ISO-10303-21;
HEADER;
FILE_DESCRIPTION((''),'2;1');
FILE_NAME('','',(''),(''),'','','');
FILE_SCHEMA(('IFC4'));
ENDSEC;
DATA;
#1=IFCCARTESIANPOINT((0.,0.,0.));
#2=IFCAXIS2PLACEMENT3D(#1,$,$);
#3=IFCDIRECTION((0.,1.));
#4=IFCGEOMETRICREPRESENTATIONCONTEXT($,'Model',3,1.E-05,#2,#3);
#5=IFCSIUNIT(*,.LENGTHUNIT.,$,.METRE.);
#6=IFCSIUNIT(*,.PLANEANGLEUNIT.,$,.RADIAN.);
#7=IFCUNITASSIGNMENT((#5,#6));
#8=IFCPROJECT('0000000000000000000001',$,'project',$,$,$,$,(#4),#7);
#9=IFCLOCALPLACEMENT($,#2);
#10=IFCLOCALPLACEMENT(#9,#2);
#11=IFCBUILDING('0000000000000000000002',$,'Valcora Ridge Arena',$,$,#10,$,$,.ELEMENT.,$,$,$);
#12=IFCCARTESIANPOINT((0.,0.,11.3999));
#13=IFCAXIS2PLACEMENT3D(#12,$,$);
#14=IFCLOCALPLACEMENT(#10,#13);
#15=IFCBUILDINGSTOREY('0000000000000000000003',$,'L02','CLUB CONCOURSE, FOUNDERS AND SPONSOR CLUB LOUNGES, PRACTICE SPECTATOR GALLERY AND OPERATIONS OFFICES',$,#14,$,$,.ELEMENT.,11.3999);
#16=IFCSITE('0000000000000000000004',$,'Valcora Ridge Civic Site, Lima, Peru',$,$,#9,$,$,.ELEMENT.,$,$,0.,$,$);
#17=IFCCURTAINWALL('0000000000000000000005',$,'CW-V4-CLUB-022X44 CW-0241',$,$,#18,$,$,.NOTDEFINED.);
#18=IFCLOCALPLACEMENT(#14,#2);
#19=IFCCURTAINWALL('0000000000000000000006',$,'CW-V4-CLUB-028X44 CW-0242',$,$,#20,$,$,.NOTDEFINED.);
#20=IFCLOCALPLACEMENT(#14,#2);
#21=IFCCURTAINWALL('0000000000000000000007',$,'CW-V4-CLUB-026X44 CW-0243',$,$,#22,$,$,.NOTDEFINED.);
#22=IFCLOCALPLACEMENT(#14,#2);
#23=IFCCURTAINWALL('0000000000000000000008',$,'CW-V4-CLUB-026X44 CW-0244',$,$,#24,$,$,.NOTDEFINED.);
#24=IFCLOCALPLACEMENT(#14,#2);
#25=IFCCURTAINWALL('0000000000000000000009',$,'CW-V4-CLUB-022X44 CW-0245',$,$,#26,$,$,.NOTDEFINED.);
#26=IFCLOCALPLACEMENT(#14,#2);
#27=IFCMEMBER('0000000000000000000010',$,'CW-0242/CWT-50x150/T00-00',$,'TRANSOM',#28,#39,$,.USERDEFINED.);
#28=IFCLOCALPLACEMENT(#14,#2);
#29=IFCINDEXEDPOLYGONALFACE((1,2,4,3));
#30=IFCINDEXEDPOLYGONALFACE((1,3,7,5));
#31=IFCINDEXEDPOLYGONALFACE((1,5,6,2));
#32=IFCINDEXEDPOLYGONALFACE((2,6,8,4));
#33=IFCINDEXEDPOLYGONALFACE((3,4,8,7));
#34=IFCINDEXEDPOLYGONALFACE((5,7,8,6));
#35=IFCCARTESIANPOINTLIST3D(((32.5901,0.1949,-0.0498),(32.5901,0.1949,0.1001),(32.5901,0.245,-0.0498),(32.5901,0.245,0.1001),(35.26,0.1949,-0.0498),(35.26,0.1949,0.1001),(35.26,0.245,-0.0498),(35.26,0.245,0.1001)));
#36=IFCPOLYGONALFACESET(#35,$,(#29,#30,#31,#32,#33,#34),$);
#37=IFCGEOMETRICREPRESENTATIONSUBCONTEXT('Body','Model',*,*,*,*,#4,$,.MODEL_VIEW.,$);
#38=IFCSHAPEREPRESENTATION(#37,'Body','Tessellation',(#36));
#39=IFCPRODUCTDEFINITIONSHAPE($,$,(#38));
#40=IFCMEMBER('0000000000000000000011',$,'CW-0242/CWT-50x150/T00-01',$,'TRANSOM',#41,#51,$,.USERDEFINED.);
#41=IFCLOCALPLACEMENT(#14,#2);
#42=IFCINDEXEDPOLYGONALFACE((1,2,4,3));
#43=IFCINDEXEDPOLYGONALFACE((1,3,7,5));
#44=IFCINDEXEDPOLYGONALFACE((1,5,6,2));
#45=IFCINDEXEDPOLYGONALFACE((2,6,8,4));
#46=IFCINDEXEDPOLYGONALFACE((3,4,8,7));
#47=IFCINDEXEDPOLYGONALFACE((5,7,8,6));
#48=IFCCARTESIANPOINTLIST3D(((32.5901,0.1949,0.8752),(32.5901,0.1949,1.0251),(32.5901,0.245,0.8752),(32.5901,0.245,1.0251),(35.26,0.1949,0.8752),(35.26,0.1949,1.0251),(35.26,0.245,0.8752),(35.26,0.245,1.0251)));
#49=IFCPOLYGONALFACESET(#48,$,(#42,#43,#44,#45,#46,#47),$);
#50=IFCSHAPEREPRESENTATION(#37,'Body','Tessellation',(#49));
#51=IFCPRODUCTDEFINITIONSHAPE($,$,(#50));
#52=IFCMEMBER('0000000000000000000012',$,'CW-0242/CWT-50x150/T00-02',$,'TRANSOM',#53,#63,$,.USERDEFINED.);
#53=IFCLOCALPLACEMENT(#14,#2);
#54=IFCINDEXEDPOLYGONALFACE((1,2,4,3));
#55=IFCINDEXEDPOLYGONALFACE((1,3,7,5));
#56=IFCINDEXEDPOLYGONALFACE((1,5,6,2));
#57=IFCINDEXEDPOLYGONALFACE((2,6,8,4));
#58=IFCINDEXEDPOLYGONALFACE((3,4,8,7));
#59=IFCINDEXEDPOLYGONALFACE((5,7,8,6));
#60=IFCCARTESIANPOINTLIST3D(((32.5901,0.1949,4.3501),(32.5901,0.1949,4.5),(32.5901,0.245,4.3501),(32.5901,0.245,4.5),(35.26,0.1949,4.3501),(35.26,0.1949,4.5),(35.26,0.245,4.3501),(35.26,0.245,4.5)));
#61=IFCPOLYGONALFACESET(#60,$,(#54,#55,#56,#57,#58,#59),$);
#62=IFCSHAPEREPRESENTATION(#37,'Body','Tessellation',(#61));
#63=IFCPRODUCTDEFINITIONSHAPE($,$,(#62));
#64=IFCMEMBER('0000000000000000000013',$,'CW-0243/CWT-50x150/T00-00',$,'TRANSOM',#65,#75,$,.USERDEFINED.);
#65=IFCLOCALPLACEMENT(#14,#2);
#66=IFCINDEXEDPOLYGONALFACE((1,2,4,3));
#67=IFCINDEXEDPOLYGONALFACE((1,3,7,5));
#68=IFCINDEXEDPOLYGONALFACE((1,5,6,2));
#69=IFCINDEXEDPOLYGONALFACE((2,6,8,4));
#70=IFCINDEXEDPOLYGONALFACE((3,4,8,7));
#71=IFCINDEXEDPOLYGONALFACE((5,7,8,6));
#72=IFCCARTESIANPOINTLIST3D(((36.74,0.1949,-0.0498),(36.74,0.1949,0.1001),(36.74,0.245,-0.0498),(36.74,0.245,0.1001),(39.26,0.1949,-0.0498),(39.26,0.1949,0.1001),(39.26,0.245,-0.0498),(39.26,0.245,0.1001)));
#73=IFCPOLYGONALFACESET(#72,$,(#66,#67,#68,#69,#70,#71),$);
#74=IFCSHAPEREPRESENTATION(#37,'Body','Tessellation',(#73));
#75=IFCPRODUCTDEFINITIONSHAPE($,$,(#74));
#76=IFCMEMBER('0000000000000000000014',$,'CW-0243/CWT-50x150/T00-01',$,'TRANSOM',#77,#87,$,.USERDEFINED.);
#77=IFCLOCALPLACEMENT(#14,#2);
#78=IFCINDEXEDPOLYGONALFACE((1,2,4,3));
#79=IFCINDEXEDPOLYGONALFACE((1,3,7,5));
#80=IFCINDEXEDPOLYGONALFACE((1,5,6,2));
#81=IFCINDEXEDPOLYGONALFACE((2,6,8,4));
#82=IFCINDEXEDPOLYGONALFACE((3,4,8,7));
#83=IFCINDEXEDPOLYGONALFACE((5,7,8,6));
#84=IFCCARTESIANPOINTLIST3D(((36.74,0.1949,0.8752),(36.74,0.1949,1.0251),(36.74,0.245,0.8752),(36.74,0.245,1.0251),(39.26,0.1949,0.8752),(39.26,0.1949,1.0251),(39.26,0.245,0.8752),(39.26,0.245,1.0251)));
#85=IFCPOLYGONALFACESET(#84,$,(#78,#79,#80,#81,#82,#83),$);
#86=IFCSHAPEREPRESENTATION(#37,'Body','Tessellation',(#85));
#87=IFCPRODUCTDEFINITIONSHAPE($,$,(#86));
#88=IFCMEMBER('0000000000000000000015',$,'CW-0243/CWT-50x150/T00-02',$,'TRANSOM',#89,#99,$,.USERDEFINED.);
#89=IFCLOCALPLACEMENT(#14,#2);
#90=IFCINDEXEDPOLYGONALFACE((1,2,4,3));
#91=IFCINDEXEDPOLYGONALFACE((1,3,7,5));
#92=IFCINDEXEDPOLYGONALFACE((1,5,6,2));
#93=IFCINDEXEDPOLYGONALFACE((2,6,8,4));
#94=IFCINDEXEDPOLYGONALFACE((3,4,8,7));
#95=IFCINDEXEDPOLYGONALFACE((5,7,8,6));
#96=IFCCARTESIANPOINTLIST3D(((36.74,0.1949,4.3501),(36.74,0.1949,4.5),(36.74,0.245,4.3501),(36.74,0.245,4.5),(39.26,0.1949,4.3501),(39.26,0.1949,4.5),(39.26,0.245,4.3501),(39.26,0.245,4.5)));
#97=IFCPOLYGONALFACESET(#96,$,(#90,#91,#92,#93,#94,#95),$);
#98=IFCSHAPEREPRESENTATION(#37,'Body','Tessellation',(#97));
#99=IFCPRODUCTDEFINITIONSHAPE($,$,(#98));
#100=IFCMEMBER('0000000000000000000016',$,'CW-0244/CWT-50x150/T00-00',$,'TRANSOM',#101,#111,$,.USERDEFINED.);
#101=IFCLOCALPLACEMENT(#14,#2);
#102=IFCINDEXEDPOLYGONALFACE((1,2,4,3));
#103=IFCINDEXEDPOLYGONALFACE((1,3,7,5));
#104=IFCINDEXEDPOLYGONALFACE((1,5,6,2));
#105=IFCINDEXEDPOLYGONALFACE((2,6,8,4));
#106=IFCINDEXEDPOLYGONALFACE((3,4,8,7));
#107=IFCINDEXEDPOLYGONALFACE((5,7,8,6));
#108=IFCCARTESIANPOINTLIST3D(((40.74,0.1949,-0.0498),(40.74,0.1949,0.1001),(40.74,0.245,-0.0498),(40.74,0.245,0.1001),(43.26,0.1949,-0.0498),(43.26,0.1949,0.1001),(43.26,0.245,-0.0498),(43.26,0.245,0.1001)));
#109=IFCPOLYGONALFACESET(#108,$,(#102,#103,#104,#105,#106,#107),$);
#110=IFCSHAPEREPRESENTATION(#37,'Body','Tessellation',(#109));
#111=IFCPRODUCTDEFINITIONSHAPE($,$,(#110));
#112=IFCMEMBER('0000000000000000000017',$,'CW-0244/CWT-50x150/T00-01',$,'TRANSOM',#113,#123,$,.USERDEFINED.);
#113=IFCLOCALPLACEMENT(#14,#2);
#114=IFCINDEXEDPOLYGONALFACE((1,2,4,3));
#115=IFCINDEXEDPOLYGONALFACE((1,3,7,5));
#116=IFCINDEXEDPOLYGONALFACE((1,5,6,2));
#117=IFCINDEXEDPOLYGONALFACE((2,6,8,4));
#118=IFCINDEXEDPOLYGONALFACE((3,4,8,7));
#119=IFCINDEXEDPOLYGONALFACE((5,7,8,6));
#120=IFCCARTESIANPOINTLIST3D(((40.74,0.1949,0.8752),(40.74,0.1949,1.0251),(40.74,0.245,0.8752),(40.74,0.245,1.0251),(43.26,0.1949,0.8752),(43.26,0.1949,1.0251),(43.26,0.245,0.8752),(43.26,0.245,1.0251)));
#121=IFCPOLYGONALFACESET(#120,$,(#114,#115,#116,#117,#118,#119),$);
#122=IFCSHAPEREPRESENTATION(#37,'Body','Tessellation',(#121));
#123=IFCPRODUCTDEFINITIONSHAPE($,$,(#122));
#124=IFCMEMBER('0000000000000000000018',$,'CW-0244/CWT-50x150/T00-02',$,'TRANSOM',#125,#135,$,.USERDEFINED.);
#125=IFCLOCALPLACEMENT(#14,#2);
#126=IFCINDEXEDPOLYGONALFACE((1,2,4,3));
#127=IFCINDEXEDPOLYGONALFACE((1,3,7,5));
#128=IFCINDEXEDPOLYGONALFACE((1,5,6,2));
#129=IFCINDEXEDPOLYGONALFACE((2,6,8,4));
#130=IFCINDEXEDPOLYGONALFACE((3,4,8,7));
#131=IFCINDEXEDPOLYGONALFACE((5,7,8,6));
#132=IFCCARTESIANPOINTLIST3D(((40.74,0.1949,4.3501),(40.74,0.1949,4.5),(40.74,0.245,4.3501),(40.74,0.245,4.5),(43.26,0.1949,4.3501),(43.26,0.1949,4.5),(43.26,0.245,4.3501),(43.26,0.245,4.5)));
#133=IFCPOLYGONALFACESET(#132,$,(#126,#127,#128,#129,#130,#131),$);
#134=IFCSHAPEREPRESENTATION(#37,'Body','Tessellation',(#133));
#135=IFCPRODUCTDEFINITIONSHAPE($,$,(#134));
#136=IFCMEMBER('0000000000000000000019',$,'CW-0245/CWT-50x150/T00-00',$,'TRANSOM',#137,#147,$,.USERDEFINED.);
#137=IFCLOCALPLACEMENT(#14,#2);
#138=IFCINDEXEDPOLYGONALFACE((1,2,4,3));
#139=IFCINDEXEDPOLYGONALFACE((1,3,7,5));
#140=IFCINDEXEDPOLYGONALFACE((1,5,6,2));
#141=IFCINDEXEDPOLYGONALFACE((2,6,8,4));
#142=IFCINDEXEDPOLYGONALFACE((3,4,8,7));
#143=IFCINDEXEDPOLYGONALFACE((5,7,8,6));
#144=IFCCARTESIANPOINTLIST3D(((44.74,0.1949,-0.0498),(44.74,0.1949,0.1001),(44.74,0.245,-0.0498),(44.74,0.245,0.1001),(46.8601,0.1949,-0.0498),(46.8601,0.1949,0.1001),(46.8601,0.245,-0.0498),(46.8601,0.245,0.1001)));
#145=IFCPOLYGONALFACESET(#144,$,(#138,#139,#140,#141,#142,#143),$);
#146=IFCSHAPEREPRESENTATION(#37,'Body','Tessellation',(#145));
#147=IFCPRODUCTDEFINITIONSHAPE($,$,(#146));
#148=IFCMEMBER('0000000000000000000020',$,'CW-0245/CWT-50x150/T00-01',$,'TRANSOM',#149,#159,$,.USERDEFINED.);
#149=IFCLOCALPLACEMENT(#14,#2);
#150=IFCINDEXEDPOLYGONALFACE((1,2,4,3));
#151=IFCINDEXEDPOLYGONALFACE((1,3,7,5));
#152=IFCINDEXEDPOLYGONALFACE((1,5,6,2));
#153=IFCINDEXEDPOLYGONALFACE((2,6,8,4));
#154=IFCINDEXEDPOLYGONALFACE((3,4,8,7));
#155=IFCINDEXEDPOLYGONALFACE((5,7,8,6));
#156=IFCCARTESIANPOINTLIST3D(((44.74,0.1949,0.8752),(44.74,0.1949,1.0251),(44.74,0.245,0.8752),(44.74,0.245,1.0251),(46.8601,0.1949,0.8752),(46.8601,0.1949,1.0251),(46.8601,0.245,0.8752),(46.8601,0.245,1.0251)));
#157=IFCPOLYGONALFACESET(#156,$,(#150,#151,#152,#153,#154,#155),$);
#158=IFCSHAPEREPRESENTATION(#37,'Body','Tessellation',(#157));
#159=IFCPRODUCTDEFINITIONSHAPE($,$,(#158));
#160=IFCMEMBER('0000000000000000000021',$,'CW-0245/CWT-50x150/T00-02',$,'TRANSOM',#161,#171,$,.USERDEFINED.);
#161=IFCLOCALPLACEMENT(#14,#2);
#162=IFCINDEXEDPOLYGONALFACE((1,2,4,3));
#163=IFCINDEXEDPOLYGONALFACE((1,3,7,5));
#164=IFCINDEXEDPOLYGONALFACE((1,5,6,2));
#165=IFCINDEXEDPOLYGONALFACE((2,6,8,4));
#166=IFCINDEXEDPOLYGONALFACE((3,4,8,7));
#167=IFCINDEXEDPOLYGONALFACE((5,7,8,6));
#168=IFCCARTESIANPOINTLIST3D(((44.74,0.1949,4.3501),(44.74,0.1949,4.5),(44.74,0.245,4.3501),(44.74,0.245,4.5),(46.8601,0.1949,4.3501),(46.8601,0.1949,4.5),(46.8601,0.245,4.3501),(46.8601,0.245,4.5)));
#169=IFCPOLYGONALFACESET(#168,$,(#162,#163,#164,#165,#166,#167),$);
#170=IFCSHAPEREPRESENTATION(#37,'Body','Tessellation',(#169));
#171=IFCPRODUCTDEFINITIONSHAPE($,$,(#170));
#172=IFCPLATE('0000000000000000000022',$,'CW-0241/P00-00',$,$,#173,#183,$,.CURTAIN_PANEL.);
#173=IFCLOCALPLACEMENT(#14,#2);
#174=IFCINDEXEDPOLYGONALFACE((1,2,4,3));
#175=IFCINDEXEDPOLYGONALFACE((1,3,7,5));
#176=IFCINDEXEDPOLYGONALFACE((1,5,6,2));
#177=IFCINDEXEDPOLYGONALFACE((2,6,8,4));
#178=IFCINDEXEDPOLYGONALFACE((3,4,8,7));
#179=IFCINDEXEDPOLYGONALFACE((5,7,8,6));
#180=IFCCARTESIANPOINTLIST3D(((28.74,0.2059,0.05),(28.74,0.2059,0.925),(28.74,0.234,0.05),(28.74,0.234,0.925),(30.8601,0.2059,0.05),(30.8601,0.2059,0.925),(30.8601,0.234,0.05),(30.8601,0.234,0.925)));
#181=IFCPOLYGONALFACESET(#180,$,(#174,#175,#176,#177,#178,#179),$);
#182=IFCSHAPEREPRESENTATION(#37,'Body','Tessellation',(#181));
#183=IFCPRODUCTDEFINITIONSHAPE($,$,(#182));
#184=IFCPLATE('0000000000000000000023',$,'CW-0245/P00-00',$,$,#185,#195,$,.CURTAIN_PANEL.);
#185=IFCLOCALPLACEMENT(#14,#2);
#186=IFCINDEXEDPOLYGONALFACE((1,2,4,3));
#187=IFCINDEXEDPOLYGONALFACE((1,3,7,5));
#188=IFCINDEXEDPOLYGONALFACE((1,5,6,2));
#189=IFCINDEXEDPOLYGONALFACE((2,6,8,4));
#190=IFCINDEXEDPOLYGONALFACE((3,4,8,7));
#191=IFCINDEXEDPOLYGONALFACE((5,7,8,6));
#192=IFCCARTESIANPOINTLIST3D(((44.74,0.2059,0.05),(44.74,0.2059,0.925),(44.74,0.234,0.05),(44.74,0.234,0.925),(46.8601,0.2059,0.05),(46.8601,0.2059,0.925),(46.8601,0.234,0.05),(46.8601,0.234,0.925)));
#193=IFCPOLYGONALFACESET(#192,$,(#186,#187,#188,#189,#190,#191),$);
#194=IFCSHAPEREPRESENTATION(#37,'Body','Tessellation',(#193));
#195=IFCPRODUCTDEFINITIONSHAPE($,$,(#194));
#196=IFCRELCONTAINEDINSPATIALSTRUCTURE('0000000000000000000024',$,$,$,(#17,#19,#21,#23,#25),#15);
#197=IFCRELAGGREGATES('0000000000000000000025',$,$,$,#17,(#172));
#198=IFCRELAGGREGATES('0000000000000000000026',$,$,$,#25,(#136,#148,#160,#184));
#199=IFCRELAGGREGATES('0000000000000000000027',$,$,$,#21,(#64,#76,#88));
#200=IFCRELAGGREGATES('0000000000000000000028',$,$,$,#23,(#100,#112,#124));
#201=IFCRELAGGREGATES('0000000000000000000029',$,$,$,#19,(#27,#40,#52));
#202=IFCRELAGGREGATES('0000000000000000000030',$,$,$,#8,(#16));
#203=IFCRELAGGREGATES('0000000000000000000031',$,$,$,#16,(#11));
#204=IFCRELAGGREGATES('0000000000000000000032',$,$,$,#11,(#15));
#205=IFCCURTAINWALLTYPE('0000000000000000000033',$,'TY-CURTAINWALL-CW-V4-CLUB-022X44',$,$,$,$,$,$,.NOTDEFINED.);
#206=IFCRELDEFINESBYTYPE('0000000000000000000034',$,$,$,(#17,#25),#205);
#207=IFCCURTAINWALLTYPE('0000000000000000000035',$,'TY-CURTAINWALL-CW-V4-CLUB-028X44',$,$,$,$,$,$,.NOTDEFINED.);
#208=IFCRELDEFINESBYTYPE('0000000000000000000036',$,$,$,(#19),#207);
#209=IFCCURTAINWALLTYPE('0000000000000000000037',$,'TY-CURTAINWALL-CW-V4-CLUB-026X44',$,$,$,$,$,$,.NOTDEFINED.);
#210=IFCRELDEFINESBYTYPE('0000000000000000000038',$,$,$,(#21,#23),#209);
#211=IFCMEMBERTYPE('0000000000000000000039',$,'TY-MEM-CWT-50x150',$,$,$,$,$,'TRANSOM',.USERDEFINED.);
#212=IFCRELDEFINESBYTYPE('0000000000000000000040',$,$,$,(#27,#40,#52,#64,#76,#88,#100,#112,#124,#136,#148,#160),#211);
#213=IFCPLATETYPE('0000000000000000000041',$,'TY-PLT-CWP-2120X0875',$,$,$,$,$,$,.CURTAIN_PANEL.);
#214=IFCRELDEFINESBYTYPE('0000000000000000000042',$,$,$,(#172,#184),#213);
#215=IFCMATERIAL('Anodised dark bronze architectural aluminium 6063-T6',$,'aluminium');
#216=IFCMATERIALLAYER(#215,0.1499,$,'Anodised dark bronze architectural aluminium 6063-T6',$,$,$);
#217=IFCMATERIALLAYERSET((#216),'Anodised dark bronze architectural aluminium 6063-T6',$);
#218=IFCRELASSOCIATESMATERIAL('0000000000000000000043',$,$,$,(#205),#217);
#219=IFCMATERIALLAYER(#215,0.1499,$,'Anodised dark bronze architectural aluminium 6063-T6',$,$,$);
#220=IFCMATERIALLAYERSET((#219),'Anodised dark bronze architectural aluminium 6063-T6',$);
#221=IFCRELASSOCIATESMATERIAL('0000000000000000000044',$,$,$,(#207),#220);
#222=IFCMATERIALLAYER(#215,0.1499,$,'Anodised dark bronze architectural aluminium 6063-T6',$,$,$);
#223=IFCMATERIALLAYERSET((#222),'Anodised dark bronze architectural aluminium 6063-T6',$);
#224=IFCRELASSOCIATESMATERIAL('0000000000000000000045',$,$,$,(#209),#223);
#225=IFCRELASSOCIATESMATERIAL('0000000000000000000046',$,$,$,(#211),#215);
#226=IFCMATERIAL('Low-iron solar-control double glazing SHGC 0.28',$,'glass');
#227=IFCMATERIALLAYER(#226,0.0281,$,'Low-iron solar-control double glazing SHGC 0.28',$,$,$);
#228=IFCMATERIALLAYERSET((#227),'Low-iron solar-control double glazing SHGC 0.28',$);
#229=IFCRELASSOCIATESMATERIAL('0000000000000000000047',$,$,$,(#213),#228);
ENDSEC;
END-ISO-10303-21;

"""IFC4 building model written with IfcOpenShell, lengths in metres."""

from ifc_helpers import new_model, si_unit, direction, frame, origin, origin_2d, place, context, subcontext, project, spatial, rectangle, extrude, material, layer, layer_set, material_profile, profile_set, type_object, element, aggregate, save


model = new_model("IFC4")

# Units and contexts
model_context = context("Model", 3, precision=1e-05, world=origin(), true_north=direction((0.0, 1.0)))
body_context = subcontext(model_context, "Body", "Model", "MODEL_VIEW")
ifc_project = project(units=[si_unit("LENGTHUNIT", "METRE"), si_unit("PLANEANGLEUNIT", "RADIAN")], contexts=[model_context])

# Site, building, storey
site_placement = place(None, origin())
site = spatial("IfcSite", under=ifc_project, at=site_placement, Name="Valcora Ridge Civic Site, Lima, Peru", CompositionType="ELEMENT", RefElevation=0.0)
building_placement = place(site_placement, origin())
building = spatial("IfcBuilding", under=site, at=building_placement, Name="Valcora Ridge Arena", CompositionType="ELEMENT")
storey_placement = place(building_placement, frame((0.0, 0.0, 11.3999)))
storey = spatial("IfcBuildingStorey", under=building, at=storey_placement, Name="L02", Description="CLUB CONCOURSE, FOUNDERS AND SPONSOR CLUB LOUNGES, PRACTICE SPECTATOR GALLERY AND OPERATIONS OFFICES", CompositionType="ELEMENT", Elevation=11.3999)

# Curtain wall
ifc_material_1 = material(Name="Anodised dark bronze architectural aluminium 6063-T6", Category="aluminium")
ifc_layer_1 = layer(ifc_material_1, 0.1499, Name="Anodised dark bronze architectural aluminium 6063-T6")
ifc_layer_set_1 = layer_set([ifc_layer_1], Name="Anodised dark bronze architectural aluminium 6063-T6")
curtain_wall_type_1 = type_object("IfcCurtainWallType", Name="TY-CURTAINWALL-CW-V4-CLUB-022X44", PredefinedType="NOTDEFINED", material=ifc_layer_set_1)
curtain_wall_1_placement = place(storey_placement, origin())
curtain_wall_1 = element("IfcCurtainWall", 1, at=curtain_wall_1_placement, inside=storey, type_object=curtain_wall_type_1, Name="CW-V4-CLUB-022X44 CW-0241", PredefinedType="NOTDEFINED")

# Curtain walls
ifc_layer_2 = layer(ifc_material_1, 0.1499, Name="Anodised dark bronze architectural aluminium 6063-T6")
ifc_layer_set_2 = layer_set([ifc_layer_2], Name="Anodised dark bronze architectural aluminium 6063-T6")
curtain_wall_type_2 = type_object("IfcCurtainWallType", Name="TY-CURTAINWALL-CW-V4-CLUB-028X44", PredefinedType="NOTDEFINED", material=ifc_layer_set_2)
curtain_wall_2_placement = place(storey_placement, origin())
curtain_wall_2 = element("IfcCurtainWall", 2, at=curtain_wall_2_placement, inside=storey, type_object=curtain_wall_type_2, Name="CW-V4-CLUB-028X44 CW-0242", PredefinedType="NOTDEFINED")
ifc_layer_3 = layer(ifc_material_1, 0.1499, Name="Anodised dark bronze architectural aluminium 6063-T6")
ifc_layer_set_3 = layer_set([ifc_layer_3], Name="Anodised dark bronze architectural aluminium 6063-T6")
curtain_wall_type_3 = type_object("IfcCurtainWallType", Name="TY-CURTAINWALL-CW-V4-CLUB-026X44", PredefinedType="NOTDEFINED", material=ifc_layer_set_3)
curtain_wall_3_placement = place(storey_placement, origin())
curtain_wall_3 = element("IfcCurtainWall", 3, at=curtain_wall_3_placement, inside=storey, type_object=curtain_wall_type_3, Name="CW-V4-CLUB-026X44 CW-0243", PredefinedType="NOTDEFINED")
curtain_wall_4_placement = place(storey_placement, origin())
curtain_wall_4 = element("IfcCurtainWall", 4, at=curtain_wall_4_placement, inside=storey, type_object=curtain_wall_type_3, Name="CW-V4-CLUB-026X44 CW-0244", PredefinedType="NOTDEFINED")
curtain_wall_5_placement = place(storey_placement, origin())
curtain_wall_5 = element("IfcCurtainWall", 5, at=curtain_wall_5_placement, inside=storey, type_object=curtain_wall_type_1, Name="CW-V4-CLUB-022X44 CW-0245", PredefinedType="NOTDEFINED")

# Members
ifc_material_profile_1 = material_profile(ifc_material_1, rectangle(XDim=0.05, YDim=0.1499, at=origin_2d()), Name="ALU TRANSOM 50x150")
ifc_profile_set_1 = profile_set([ifc_material_profile_1], Name="Anodised dark bronze architectural aluminium 6063-T6")
member_type_1 = type_object("IfcMemberType", Name="TY-MEM-CWT-50x150", ElementType="TRANSOM", PredefinedType="USERDEFINED", material=ifc_profile_set_1)
member_1_placement = place(storey_placement, frame((32.5901, 0.22, 0.0251), z_axis=(1.0, 0.0, 0.0), x_axis=(0.0, 1.0, 0.0)))
member_1 = element("IfcMember", 6, at=member_1_placement, type_object=member_type_1, Name="CW-0242/CWT-50x150/T00-00", ObjectType="TRANSOM", PredefinedType="USERDEFINED", context=body_context, shape_type="SweptSolid", body=[
    extrude(rectangle(XDim=0.05, YDim=0.1499, at=origin_2d()), origin(), (0.0, 0.0, 1.0), 2.6699),
])
member_2_placement = place(storey_placement, frame((32.5901, 0.22, 0.9502), z_axis=(1.0, 0.0, 0.0), x_axis=(0.0, 1.0, 0.0)))
member_2 = element("IfcMember", 7, at=member_2_placement, type_object=member_type_1, Name="CW-0242/CWT-50x150/T00-01", ObjectType="TRANSOM", PredefinedType="USERDEFINED", context=body_context, shape_type="SweptSolid", body=[
    extrude(rectangle(XDim=0.05, YDim=0.1499, at=origin_2d()), origin(), (0.0, 0.0, 1.0), 2.6699),
])
member_3_placement = place(storey_placement, frame((32.5901, 0.22, 4.425), z_axis=(1.0, 0.0, 0.0), x_axis=(0.0, 1.0, 0.0)))
member_3 = element("IfcMember", 8, at=member_3_placement, type_object=member_type_1, Name="CW-0242/CWT-50x150/T00-02", ObjectType="TRANSOM", PredefinedType="USERDEFINED", context=body_context, shape_type="SweptSolid", body=[
    extrude(rectangle(XDim=0.05, YDim=0.1499, at=origin_2d()), origin(), (0.0, 0.0, 1.0), 2.6699),
])
member_4_placement = place(storey_placement, frame((36.74, 0.22, 0.0251), z_axis=(1.0, 0.0, 0.0), x_axis=(0.0, 1.0, 0.0)))
member_4 = element("IfcMember", 9, at=member_4_placement, type_object=member_type_1, Name="CW-0243/CWT-50x150/T00-00", ObjectType="TRANSOM", PredefinedType="USERDEFINED", context=body_context, shape_type="SweptSolid", body=[
    extrude(rectangle(XDim=0.05, YDim=0.1499, at=origin_2d()), origin(), (0.0, 0.0, 1.0), 2.52),
])
member_5_placement = place(storey_placement, frame((36.74, 0.22, 0.9502), z_axis=(1.0, 0.0, 0.0), x_axis=(0.0, 1.0, 0.0)))
member_5 = element("IfcMember", 10, at=member_5_placement, type_object=member_type_1, Name="CW-0243/CWT-50x150/T00-01", ObjectType="TRANSOM", PredefinedType="USERDEFINED", context=body_context, shape_type="SweptSolid", body=[
    extrude(rectangle(XDim=0.05, YDim=0.1499, at=origin_2d()), origin(), (0.0, 0.0, 1.0), 2.52),
])
member_6_placement = place(storey_placement, frame((36.74, 0.22, 4.425), z_axis=(1.0, 0.0, 0.0), x_axis=(0.0, 1.0, 0.0)))
member_6 = element("IfcMember", 11, at=member_6_placement, type_object=member_type_1, Name="CW-0243/CWT-50x150/T00-02", ObjectType="TRANSOM", PredefinedType="USERDEFINED", context=body_context, shape_type="SweptSolid", body=[
    extrude(rectangle(XDim=0.05, YDim=0.1499, at=origin_2d()), origin(), (0.0, 0.0, 1.0), 2.52),
])
member_7_placement = place(storey_placement, frame((40.74, 0.22, 0.0251), z_axis=(1.0, 0.0, 0.0), x_axis=(0.0, 1.0, 0.0)))
member_7 = element("IfcMember", 12, at=member_7_placement, type_object=member_type_1, Name="CW-0244/CWT-50x150/T00-00", ObjectType="TRANSOM", PredefinedType="USERDEFINED", context=body_context, shape_type="SweptSolid", body=[
    extrude(rectangle(XDim=0.05, YDim=0.1499, at=origin_2d()), origin(), (0.0, 0.0, 1.0), 2.52),
])
member_8_placement = place(storey_placement, frame((40.74, 0.22, 0.9502), z_axis=(1.0, 0.0, 0.0), x_axis=(0.0, 1.0, 0.0)))
member_8 = element("IfcMember", 13, at=member_8_placement, type_object=member_type_1, Name="CW-0244/CWT-50x150/T00-01", ObjectType="TRANSOM", PredefinedType="USERDEFINED", context=body_context, shape_type="SweptSolid", body=[
    extrude(rectangle(XDim=0.05, YDim=0.1499, at=origin_2d()), origin(), (0.0, 0.0, 1.0), 2.52),
])
member_9_placement = place(storey_placement, frame((40.74, 0.22, 4.425), z_axis=(1.0, 0.0, 0.0), x_axis=(0.0, 1.0, 0.0)))
member_9 = element("IfcMember", 14, at=member_9_placement, type_object=member_type_1, Name="CW-0244/CWT-50x150/T00-02", ObjectType="TRANSOM", PredefinedType="USERDEFINED", context=body_context, shape_type="SweptSolid", body=[
    extrude(rectangle(XDim=0.05, YDim=0.1499, at=origin_2d()), origin(), (0.0, 0.0, 1.0), 2.52),
])
member_10_placement = place(storey_placement, frame((44.74, 0.22, 0.0251), z_axis=(1.0, 0.0, 0.0), x_axis=(0.0, 1.0, 0.0)))
member_10 = element("IfcMember", 15, at=member_10_placement, type_object=member_type_1, Name="CW-0245/CWT-50x150/T00-00", ObjectType="TRANSOM", PredefinedType="USERDEFINED", context=body_context, shape_type="SweptSolid", body=[
    extrude(rectangle(XDim=0.05, YDim=0.1499, at=origin_2d()), origin(), (0.0, 0.0, 1.0), 2.1201),
])
member_11_placement = place(storey_placement, frame((44.74, 0.22, 0.9502), z_axis=(1.0, 0.0, 0.0), x_axis=(0.0, 1.0, 0.0)))
member_11 = element("IfcMember", 16, at=member_11_placement, type_object=member_type_1, Name="CW-0245/CWT-50x150/T00-01", ObjectType="TRANSOM", PredefinedType="USERDEFINED", context=body_context, shape_type="SweptSolid", body=[
    extrude(rectangle(XDim=0.05, YDim=0.1499, at=origin_2d()), origin(), (0.0, 0.0, 1.0), 2.1201),
])
member_12_placement = place(storey_placement, frame((44.74, 0.22, 4.425), z_axis=(1.0, 0.0, 0.0), x_axis=(0.0, 1.0, 0.0)))
member_12 = element("IfcMember", 17, at=member_12_placement, type_object=member_type_1, Name="CW-0245/CWT-50x150/T00-02", ObjectType="TRANSOM", PredefinedType="USERDEFINED", context=body_context, shape_type="SweptSolid", body=[
    extrude(rectangle(XDim=0.05, YDim=0.1499, at=origin_2d()), origin(), (0.0, 0.0, 1.0), 2.1201),
])

# Plates
ifc_material_2 = material(Name="Low-iron solar-control double glazing SHGC 0.28", Category="glass")
ifc_layer_4 = layer(ifc_material_2, 0.0281, Name="Low-iron solar-control double glazing SHGC 0.28")
ifc_layer_set_4 = layer_set([ifc_layer_4], Name="Low-iron solar-control double glazing SHGC 0.28")
plate_type_1 = type_object("IfcPlateType", Name="TY-PLT-CWP-2120X0875", PredefinedType="CURTAIN_PANEL", material=ifc_layer_set_4)
plate_1_placement = place(storey_placement, frame((29.8, 0.22, 0.05), z_axis=(0.0, 0.0, 1.0), x_axis=(1.0, 0.0, 0.0)))
plate_1 = element("IfcPlate", 18, at=plate_1_placement, type_object=plate_type_1, Name="CW-0241/P00-00", PredefinedType="CURTAIN_PANEL", context=body_context, shape_type="SweptSolid", body=[
    extrude(rectangle(XDim=2.1201, YDim=0.0281, at=origin_2d()), origin(), (0.0, 0.0, 1.0), 0.875),
])
plate_2_placement = place(storey_placement, frame((45.8, 0.22, 0.05), z_axis=(0.0, 0.0, 1.0), x_axis=(1.0, 0.0, 0.0)))
plate_2 = element("IfcPlate", 19, at=plate_2_placement, type_object=plate_type_1, Name="CW-0245/P00-00", PredefinedType="CURTAIN_PANEL", context=body_context, shape_type="SweptSolid", body=[
    extrude(rectangle(XDim=2.1201, YDim=0.0281, at=origin_2d()), origin(), (0.0, 0.0, 1.0), 0.875),
])
aggregate(curtain_wall_1, [plate_1])
aggregate(curtain_wall_5, [member_10, member_11, member_12, plate_2])
aggregate(curtain_wall_3, [member_4, member_5, member_6])
aggregate(curtain_wall_4, [member_7, member_8, member_9])
aggregate(curtain_wall_2, [member_1, member_2, member_3])

save(model, "model.ifc")
